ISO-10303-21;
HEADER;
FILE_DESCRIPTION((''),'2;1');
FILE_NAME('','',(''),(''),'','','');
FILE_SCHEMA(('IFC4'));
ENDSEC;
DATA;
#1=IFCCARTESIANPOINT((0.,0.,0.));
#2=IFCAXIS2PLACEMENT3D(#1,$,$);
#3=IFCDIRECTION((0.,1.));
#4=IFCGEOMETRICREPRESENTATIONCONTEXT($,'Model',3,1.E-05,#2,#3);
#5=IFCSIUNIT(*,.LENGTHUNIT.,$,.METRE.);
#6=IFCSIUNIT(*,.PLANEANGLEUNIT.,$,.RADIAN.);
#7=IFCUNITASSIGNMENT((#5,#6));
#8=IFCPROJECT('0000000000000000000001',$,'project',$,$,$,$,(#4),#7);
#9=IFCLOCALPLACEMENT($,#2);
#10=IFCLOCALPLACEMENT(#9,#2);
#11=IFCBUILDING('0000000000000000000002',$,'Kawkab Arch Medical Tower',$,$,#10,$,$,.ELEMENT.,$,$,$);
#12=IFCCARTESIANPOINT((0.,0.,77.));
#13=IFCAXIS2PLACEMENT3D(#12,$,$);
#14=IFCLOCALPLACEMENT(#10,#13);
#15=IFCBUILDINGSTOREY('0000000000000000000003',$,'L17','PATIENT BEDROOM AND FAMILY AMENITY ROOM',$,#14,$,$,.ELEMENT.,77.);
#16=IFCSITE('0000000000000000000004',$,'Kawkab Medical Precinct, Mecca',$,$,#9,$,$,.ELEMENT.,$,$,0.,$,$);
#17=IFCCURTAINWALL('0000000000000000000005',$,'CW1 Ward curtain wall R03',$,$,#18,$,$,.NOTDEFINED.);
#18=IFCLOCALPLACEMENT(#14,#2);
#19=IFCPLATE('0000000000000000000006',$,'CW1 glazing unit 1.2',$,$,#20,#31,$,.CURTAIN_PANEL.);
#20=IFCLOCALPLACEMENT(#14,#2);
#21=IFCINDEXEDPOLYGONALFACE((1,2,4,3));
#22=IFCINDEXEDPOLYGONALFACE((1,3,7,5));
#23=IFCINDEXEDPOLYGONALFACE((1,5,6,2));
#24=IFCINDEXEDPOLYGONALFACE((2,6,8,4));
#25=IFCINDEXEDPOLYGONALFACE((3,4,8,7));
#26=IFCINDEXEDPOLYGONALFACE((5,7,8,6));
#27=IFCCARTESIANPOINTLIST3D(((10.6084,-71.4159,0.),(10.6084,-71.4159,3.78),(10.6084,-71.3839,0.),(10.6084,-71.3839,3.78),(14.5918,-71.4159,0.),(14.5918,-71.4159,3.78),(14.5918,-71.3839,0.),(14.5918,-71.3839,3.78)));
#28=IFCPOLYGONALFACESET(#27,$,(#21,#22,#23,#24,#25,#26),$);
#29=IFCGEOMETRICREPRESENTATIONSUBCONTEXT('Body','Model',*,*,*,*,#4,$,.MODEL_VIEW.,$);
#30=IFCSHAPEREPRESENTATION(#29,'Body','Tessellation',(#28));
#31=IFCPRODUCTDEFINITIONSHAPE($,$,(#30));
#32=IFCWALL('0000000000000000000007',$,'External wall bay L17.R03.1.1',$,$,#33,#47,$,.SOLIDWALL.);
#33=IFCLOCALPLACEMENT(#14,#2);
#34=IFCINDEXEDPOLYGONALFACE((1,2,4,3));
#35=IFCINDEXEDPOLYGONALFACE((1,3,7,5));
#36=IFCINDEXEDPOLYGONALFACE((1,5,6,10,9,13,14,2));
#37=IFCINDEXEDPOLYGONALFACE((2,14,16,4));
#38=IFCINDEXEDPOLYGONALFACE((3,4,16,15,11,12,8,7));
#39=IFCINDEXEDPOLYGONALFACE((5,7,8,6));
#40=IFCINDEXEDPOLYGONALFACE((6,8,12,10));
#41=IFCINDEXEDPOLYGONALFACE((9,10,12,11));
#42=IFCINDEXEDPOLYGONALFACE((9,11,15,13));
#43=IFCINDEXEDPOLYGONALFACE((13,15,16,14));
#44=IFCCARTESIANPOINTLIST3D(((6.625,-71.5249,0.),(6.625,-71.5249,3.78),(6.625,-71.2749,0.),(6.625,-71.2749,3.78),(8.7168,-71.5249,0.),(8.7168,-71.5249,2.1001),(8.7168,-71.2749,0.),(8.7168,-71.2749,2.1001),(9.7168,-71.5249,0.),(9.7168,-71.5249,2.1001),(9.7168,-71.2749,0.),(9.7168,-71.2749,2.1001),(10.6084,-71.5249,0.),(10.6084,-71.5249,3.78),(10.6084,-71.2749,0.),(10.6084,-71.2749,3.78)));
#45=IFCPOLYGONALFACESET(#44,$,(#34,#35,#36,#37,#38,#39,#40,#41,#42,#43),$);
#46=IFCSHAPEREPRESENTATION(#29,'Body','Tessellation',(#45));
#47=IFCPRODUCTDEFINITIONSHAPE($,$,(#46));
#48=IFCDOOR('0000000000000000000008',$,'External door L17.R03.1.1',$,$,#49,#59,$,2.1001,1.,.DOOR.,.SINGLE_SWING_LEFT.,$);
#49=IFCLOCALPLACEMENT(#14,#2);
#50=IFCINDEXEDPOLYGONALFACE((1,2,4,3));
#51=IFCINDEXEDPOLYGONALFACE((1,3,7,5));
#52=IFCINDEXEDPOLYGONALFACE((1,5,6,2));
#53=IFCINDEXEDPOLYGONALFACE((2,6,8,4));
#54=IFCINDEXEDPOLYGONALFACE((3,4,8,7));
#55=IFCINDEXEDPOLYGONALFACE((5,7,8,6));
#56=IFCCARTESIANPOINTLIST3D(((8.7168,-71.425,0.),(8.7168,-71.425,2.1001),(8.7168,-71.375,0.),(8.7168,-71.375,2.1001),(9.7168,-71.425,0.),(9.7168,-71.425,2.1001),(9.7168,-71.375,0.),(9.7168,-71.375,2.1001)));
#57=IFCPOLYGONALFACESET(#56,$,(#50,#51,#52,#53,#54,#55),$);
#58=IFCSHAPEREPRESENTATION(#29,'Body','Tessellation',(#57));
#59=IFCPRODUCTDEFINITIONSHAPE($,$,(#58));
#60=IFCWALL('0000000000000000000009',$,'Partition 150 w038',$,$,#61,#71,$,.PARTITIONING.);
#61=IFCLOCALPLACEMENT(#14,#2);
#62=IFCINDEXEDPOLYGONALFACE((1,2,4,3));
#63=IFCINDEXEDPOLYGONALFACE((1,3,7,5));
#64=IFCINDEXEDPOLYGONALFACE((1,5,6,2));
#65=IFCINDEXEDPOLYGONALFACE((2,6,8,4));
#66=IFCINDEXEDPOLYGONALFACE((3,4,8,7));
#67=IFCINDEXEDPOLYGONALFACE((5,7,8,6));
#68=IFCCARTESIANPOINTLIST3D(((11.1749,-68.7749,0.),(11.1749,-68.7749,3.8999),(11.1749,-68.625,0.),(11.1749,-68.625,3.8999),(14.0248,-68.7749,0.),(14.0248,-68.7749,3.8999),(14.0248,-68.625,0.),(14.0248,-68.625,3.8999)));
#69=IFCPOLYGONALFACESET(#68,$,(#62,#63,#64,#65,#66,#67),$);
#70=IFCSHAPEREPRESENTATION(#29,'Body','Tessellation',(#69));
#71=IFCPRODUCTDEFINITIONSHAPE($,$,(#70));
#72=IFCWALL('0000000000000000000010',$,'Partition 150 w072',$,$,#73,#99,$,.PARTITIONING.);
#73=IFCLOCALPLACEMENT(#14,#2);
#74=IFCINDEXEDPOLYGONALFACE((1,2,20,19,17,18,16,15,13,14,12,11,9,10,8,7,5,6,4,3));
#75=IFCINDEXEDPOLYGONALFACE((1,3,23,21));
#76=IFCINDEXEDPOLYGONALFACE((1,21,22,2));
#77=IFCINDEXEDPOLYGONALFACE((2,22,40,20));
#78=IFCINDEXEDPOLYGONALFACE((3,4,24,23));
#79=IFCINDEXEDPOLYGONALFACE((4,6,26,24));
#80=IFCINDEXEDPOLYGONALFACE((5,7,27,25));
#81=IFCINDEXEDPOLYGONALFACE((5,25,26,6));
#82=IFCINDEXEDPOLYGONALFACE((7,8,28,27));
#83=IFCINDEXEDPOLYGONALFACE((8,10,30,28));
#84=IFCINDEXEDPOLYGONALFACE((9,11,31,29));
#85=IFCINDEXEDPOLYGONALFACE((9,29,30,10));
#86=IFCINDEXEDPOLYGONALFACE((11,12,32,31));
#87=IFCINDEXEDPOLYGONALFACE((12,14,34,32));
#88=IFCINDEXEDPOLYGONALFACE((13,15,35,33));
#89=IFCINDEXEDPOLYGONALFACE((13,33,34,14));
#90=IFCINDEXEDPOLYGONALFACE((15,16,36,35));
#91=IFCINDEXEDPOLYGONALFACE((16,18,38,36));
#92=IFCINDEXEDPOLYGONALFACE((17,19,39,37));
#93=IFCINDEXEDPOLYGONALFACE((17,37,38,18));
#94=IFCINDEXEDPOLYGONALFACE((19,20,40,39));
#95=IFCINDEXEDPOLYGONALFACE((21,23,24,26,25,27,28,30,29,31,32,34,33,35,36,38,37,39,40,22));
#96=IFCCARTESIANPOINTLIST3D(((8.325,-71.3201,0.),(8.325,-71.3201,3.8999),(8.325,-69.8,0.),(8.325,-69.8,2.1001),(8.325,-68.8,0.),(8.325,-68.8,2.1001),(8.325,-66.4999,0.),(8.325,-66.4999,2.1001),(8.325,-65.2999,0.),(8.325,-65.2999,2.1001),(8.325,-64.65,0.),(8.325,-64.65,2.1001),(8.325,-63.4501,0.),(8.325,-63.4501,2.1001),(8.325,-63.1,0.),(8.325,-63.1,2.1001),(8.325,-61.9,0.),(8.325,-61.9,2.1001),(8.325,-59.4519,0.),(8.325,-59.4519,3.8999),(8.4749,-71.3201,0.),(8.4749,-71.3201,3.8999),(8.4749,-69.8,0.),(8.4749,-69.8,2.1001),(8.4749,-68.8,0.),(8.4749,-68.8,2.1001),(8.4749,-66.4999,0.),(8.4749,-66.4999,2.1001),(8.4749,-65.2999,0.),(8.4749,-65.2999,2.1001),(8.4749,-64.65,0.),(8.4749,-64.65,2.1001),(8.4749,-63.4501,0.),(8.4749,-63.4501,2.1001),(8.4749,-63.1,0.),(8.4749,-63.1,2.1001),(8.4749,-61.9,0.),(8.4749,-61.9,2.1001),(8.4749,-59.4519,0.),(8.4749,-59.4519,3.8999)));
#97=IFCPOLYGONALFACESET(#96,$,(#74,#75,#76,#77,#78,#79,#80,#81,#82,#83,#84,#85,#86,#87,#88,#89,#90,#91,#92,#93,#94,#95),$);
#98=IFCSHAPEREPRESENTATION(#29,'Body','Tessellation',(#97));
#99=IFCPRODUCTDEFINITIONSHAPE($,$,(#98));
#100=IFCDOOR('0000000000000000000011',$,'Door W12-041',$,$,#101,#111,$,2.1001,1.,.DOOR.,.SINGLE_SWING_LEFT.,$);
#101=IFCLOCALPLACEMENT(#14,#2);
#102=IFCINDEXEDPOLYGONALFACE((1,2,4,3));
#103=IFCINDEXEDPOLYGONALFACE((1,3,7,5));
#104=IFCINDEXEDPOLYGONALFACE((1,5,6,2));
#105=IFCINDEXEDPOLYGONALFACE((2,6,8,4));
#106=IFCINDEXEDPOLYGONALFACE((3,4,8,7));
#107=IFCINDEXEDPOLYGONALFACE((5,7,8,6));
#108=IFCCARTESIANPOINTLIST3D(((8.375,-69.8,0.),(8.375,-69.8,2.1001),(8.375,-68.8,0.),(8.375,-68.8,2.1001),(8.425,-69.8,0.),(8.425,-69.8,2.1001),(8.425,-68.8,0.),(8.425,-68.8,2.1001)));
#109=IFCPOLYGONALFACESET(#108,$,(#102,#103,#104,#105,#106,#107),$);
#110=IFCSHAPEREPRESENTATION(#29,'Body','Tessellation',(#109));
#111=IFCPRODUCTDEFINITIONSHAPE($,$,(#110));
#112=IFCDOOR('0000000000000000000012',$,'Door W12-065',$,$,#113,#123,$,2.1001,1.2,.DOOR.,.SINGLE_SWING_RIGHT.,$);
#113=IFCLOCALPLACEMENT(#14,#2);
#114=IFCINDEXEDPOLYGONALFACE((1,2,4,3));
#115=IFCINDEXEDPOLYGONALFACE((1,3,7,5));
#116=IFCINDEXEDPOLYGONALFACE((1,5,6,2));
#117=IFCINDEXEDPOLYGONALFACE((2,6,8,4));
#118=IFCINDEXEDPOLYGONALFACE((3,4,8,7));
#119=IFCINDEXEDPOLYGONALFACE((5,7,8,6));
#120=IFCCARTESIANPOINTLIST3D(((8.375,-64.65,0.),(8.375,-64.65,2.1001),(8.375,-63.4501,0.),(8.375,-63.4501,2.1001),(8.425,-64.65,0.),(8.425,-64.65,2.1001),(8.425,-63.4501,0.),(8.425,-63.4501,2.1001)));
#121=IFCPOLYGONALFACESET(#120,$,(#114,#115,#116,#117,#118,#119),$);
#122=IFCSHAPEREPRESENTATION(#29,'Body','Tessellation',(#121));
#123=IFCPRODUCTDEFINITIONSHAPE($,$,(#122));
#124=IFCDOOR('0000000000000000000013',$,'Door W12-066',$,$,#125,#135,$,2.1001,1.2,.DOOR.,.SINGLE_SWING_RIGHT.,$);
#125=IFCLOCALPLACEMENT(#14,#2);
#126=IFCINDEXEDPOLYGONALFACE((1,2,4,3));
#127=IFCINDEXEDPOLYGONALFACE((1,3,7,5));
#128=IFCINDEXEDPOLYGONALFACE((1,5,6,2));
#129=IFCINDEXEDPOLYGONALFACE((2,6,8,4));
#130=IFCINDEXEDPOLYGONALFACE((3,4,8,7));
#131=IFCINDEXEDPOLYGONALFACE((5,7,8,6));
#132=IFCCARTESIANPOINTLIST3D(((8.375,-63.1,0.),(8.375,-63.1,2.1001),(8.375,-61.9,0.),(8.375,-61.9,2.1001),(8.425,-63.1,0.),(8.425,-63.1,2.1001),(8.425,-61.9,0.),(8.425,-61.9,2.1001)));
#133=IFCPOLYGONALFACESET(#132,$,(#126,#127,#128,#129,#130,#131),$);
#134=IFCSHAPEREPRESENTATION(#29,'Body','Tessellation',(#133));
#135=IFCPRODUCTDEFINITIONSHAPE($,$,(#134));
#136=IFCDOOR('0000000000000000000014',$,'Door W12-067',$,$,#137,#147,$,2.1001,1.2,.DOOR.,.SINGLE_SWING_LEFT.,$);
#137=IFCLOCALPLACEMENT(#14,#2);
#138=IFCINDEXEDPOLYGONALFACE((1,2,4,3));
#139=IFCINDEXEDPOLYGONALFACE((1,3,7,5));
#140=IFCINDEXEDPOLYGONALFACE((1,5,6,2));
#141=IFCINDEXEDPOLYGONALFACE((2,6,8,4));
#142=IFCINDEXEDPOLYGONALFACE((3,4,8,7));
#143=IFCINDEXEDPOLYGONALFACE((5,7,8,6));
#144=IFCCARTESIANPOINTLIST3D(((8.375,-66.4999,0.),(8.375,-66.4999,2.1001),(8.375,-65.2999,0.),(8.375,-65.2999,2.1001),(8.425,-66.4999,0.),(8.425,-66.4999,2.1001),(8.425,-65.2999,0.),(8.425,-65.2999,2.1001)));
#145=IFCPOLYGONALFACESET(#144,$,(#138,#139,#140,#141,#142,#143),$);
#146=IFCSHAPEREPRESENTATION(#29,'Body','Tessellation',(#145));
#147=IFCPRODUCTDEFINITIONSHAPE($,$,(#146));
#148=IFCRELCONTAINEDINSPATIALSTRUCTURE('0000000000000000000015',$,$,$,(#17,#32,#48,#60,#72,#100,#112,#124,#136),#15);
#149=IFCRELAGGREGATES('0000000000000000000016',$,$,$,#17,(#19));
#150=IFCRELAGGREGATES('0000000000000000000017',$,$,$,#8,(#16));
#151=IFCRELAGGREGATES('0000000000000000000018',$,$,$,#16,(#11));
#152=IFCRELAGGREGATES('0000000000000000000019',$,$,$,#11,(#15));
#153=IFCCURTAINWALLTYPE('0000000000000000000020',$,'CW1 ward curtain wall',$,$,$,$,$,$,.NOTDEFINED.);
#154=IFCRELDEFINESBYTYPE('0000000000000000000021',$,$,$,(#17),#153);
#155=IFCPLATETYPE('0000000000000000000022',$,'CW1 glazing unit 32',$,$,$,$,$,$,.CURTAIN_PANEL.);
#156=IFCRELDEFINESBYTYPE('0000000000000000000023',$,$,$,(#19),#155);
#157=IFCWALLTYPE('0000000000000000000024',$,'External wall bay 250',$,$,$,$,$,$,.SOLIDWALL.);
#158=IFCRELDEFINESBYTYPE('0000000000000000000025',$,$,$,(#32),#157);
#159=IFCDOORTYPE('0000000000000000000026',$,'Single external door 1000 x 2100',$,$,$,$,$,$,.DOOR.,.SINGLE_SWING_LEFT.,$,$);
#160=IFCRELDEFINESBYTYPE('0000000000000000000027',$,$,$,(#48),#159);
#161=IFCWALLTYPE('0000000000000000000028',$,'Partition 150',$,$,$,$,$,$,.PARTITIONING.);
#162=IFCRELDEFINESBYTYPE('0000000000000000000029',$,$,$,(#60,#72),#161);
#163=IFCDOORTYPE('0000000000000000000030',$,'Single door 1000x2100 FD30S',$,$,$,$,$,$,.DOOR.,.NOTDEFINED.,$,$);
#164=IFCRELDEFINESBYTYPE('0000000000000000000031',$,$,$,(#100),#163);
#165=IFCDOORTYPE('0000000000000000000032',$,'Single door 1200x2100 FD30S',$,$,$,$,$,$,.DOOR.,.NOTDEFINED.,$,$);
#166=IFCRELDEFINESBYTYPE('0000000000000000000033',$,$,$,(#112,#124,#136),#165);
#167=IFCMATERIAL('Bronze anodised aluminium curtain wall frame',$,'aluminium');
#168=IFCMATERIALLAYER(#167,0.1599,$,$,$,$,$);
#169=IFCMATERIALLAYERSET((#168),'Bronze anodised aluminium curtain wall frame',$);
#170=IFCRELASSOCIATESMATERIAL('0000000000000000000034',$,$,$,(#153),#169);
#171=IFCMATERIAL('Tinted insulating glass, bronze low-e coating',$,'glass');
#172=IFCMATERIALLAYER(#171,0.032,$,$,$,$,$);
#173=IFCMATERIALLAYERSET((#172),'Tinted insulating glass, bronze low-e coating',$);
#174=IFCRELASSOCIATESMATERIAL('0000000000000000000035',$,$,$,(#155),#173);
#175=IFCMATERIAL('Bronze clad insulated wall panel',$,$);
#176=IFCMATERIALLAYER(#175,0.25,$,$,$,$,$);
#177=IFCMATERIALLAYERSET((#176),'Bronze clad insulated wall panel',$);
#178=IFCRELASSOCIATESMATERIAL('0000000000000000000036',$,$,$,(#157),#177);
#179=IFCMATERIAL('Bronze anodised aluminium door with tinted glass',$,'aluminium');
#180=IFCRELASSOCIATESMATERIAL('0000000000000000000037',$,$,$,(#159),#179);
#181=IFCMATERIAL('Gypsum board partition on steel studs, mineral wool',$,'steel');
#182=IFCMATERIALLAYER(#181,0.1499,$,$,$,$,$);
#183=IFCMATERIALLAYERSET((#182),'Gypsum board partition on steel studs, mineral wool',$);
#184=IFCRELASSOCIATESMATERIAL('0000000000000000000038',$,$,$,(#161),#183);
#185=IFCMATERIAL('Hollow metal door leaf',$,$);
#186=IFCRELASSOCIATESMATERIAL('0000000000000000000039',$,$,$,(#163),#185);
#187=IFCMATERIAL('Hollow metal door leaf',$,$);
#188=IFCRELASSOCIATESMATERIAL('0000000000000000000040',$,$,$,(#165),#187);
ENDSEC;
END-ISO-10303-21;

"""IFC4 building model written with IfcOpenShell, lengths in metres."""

from ifc_helpers import new_model, si_unit, direction, frame, frame_2d, origin, origin_2d, place, context, subcontext, project, spatial, rectangle, extrude, material, layer, layer_set, type_object, element, fill, aggregate, save


model = new_model("IFC4")

# Units and contexts
model_context = context("Model", 3, precision=1e-05, world=origin(), true_north=direction((0.0, 1.0)))
body_context = subcontext(model_context, "Body", "Model", "MODEL_VIEW")
ifc_project = project(units=[si_unit("LENGTHUNIT", "METRE"), si_unit("PLANEANGLEUNIT", "RADIAN")], contexts=[model_context])

# Site, building, storey
site_placement = place(None, origin())
site = spatial("IfcSite", under=ifc_project, at=site_placement, Name="Kawkab Medical Precinct, Mecca", CompositionType="ELEMENT", RefElevation=0.0)
building_placement = place(site_placement, origin())
building = spatial("IfcBuilding", under=site, at=building_placement, Name="Kawkab Arch Medical Tower", CompositionType="ELEMENT")
storey_placement = place(building_placement, frame((0.0, 0.0, 77.0)))
storey = spatial("IfcBuildingStorey", under=building, at=storey_placement, Name="L17", Description="PATIENT BEDROOM AND FAMILY AMENITY ROOM", CompositionType="ELEMENT", Elevation=77.0)

# Curtain wall, plate
ifc_material_1 = material(Name="Bronze anodised aluminium curtain wall frame", Category="aluminium")
ifc_layer_1 = layer(ifc_material_1, 0.1599)
ifc_layer_set_1 = layer_set([ifc_layer_1], Name="Bronze anodised aluminium curtain wall frame")
curtain_wall_type = type_object("IfcCurtainWallType", Name="CW1 ward curtain wall", PredefinedType="NOTDEFINED", material=ifc_layer_set_1)
curtain_wall_placement = place(storey_placement, origin())
curtain_wall = element("IfcCurtainWall", 1, at=curtain_wall_placement, inside=storey, type_object=curtain_wall_type, Name="CW1 Ward curtain wall R03", PredefinedType="NOTDEFINED")
ifc_material_2 = material(Name="Tinted insulating glass, bronze low-e coating", Category="glass")
ifc_layer_2 = layer(ifc_material_2, 0.032)
ifc_layer_set_2 = layer_set([ifc_layer_2], Name="Tinted insulating glass, bronze low-e coating")
plate_type = type_object("IfcPlateType", Name="CW1 glazing unit 32", PredefinedType="CURTAIN_PANEL", material=ifc_layer_set_2)
plate_placement = place(storey_placement, frame((12.6001, -71.3999, 0.0), z_axis=(0.0, 0.0, 1.0), x_axis=(1.0, 0.0, 0.0)))
plate = element("IfcPlate", 2, at=plate_placement, type_object=plate_type, Name="CW1 glazing unit 1.2", PredefinedType="CURTAIN_PANEL", context=body_context, shape_type="SweptSolid", body=[
    extrude(rectangle(XDim=3.9834, YDim=0.032, at=origin_2d()), origin(), (0.0, 0.0, 1.0), 3.78),
])
aggregate(curtain_wall, [plate])

# Wall, opening, door
ifc_material_3 = material(Name="Bronze clad insulated wall panel")
ifc_layer_3 = layer(ifc_material_3, 0.25)
ifc_layer_set_3 = layer_set([ifc_layer_3], Name="Bronze clad insulated wall panel")
wall_type_1 = type_object("IfcWallType", Name="External wall bay 250", PredefinedType="SOLIDWALL", material=ifc_layer_set_3)
wall_1_placement = place(storey_placement, frame((6.625, -71.3999, 0.0), z_axis=(0.0, 0.0, 1.0), x_axis=(1.0, 0.0, 0.0)))
wall_1 = element("IfcWall", 3, at=wall_1_placement, inside=storey, type_object=wall_type_1, Name="External wall bay L17.R03.1.1", PredefinedType="SOLIDWALL", context=body_context, shape_type="SweptSolid", body=[
    extrude(rectangle(XDim=3.9834, YDim=0.25, at=frame_2d((1.9917, 0.0))), origin(), (0.0, 0.0, 1.0), 3.78),
])
opening_1_placement = place(wall_1_placement, frame((2.0918, 0.0, 0.0)))
opening_1 = element("IfcOpeningElement", 4, at=opening_1_placement, cuts=wall_1, PredefinedType="OPENING", context=body_context, shape_type="SweptSolid", body=[
    extrude(rectangle(XDim=1.0, YDim=2.1001, at=frame_2d((0.5, 1.05))), frame((0.0, 0.135, 0.0), z_axis=(0.0, -1.0, 0.0), x_axis=(1.0, 0.0, 0.0)), (0.0, 0.0, 1.0), 0.27),
])
ifc_material_4 = material(Name="Bronze anodised aluminium door with tinted glass", Category="aluminium")
door_type_1 = type_object("IfcDoorType", Name="Single external door 1000 x 2100", OperationType="SINGLE_SWING_LEFT", PredefinedType="DOOR", material=ifc_material_4)
door_1_placement = place(opening_1_placement, origin())
door_1 = element("IfcDoor", 5, at=door_1_placement, inside=storey, type_object=door_type_1, Name="External door L17.R03.1.1", OperationType="SINGLE_SWING_LEFT", OverallHeight=2.1001, OverallWidth=1.0, PredefinedType="DOOR", context=body_context, shape_type="SweptSolid", body=[
    extrude(rectangle(XDim=1.0, YDim=2.1001, at=frame_2d((0.5, 1.05))), frame((0.0, 0.0249, 0.0), z_axis=(0.0, -1.0, 0.0), x_axis=(1.0, 0.0, 0.0)), (0.0, 0.0, 1.0), 0.05),
])
fill(opening_1, door_1)

# Wall
ifc_material_5 = material(Name="Gypsum board partition on steel studs, mineral wool", Category="steel")
ifc_layer_4 = layer(ifc_material_5, 0.1499)
ifc_layer_set_4 = layer_set([ifc_layer_4], Name="Gypsum board partition on steel studs, mineral wool")
wall_type_2 = type_object("IfcWallType", Name="Partition 150", PredefinedType="PARTITIONING", material=ifc_layer_set_4)
wall_2_placement = place(storey_placement, frame((11.175, -68.7, 0.0), z_axis=(0.0, 0.0, 1.0), x_axis=(1.0, 0.0, 0.0)))
element("IfcWall", 6, at=wall_2_placement, inside=storey, type_object=wall_type_2, Name="Partition 150 w038", PredefinedType="PARTITIONING", context=body_context, shape_type="SweptSolid", body=[
    extrude(rectangle(XDim=2.8499, YDim=0.1499, at=frame_2d((1.4248, 0.0))), origin(), (0.0, 0.0, 1.0), 3.8999),
])

# Wall, openings, doors
wall_3_placement = place(storey_placement, frame((8.3999, -71.3201, 0.0), z_axis=(0.0, 0.0, 1.0), x_axis=(0.0, 1.0, 0.0)))
wall_3 = element("IfcWall", 7, at=wall_3_placement, inside=storey, type_object=wall_type_2, Name="Partition 150 w072", PredefinedType="PARTITIONING", context=body_context, shape_type="SweptSolid", body=[
    extrude(rectangle(XDim=11.8682, YDim=0.1499, at=frame_2d((5.9341, 0.0))), origin(), (0.0, 0.0, 1.0), 3.8999),
])
opening_2_placement = place(wall_3_placement, frame((6.6699, 0.0, 0.0)))
opening_2 = element("IfcOpeningElement", 8, at=opening_2_placement, cuts=wall_3, PredefinedType="OPENING", context=body_context, shape_type="SweptSolid", body=[
    extrude(rectangle(XDim=1.2, YDim=2.1001, at=frame_2d((0.6001, 1.05))), frame((0.0, 0.085, 0.0), z_axis=(0.0, -1.0, 0.0), x_axis=(1.0, 0.0, 0.0)), (0.0, 0.0, 1.0), 0.1699),
])
opening_3_placement = place(wall_3_placement, frame((8.22, 0.0, 0.0)))
opening_3 = element("IfcOpeningElement", 9, at=opening_3_placement, cuts=wall_3, PredefinedType="OPENING", context=body_context, shape_type="SweptSolid", body=[
    extrude(rectangle(XDim=1.2, YDim=2.1001, at=frame_2d((0.6001, 1.05))), frame((0.0, 0.085, 0.0), z_axis=(0.0, -1.0, 0.0), x_axis=(1.0, 0.0, 0.0)), (0.0, 0.0, 1.0), 0.1699),
])
opening_4_placement = place(wall_3_placement, frame((4.8201, 0.0, 0.0)))
opening_4 = element("IfcOpeningElement", 10, at=opening_4_placement, cuts=wall_3, PredefinedType="OPENING", context=body_context, shape_type="SweptSolid", body=[
    extrude(rectangle(XDim=1.2, YDim=2.1001, at=frame_2d((0.6001, 1.05))), frame((0.0, 0.085, 0.0), z_axis=(0.0, -1.0, 0.0), x_axis=(1.0, 0.0, 0.0)), (0.0, 0.0, 1.0), 0.1699),
])
opening_5_placement = place(wall_3_placement, frame((1.52, 0.0, 0.0)))
opening_5 = element("IfcOpeningElement", 11, at=opening_5_placement, cuts=wall_3, PredefinedType="OPENING", context=body_context, shape_type="SweptSolid", body=[
    extrude(rectangle(XDim=1.0, YDim=2.1001, at=frame_2d((0.5, 1.05))), frame((0.0, 0.085, 0.0), z_axis=(0.0, -1.0, 0.0), x_axis=(1.0, 0.0, 0.0)), (0.0, 0.0, 1.0), 0.1699),
])
ifc_material_6 = material(Name="Hollow metal door leaf")
door_type_2 = type_object("IfcDoorType", Name="Single door 1000x2100 FD30S", OperationType="NOTDEFINED", PredefinedType="DOOR", material=ifc_material_6)
door_2_placement = place(opening_5_placement, origin())
door_2 = element("IfcDoor", 12, at=door_2_placement, inside=storey, type_object=door_type_2, Name="Door W12-041", OperationType="SINGLE_SWING_LEFT", OverallHeight=2.1001, OverallWidth=1.0, PredefinedType="DOOR", context=body_context, shape_type="SweptSolid", body=[
    extrude(rectangle(XDim=1.0, YDim=2.1001, at=frame_2d((0.5, 1.05))), frame((0.0, 0.0249, 0.0), z_axis=(0.0, -1.0, 0.0), x_axis=(1.0, 0.0, 0.0)), (0.0, 0.0, 1.0), 0.05),
])
fill(opening_5, door_2)
ifc_material_7 = material(Name="Hollow metal door leaf")
door_type_3 = type_object("IfcDoorType", Name="Single door 1200x2100 FD30S", OperationType="NOTDEFINED", PredefinedType="DOOR", material=ifc_material_7)
door_3_placement = place(opening_2_placement, origin())
door_3 = element("IfcDoor", 13, at=door_3_placement, inside=storey, type_object=door_type_3, Name="Door W12-065", OperationType="SINGLE_SWING_RIGHT", OverallHeight=2.1001, OverallWidth=1.2, PredefinedType="DOOR", context=body_context, shape_type="SweptSolid", body=[
    extrude(rectangle(XDim=1.2, YDim=2.1001, at=frame_2d((0.6001, 1.05))), frame((0.0, 0.0249, 0.0), z_axis=(0.0, -1.0, 0.0), x_axis=(1.0, 0.0, 0.0)), (0.0, 0.0, 1.0), 0.05),
])
fill(opening_2, door_3)
door_4_placement = place(opening_3_placement, origin())
door_4 = element("IfcDoor", 14, at=door_4_placement, inside=storey, type_object=door_type_3, Name="Door W12-066", OperationType="SINGLE_SWING_RIGHT", OverallHeight=2.1001, OverallWidth=1.2, PredefinedType="DOOR", context=body_context, shape_type="SweptSolid", body=[
    extrude(rectangle(XDim=1.2, YDim=2.1001, at=frame_2d((0.6001, 1.05))), frame((0.0, 0.0249, 0.0), z_axis=(0.0, -1.0, 0.0), x_axis=(1.0, 0.0, 0.0)), (0.0, 0.0, 1.0), 0.05),
])
fill(opening_3, door_4)
door_5_placement = place(opening_4_placement, origin())
door_5 = element("IfcDoor", 15, at=door_5_placement, inside=storey, type_object=door_type_3, Name="Door W12-067", OperationType="SINGLE_SWING_LEFT", OverallHeight=2.1001, OverallWidth=1.2, PredefinedType="DOOR", context=body_context, shape_type="SweptSolid", body=[
    extrude(rectangle(XDim=1.2, YDim=2.1001, at=frame_2d((0.6001, 1.05))), frame((0.0, 0.0249, 0.0), z_axis=(0.0, -1.0, 0.0), x_axis=(1.0, 0.0, 0.0)), (0.0, 0.0, 1.0), 0.05),
])
fill(opening_4, door_5)

save(model, "model.ifc")
